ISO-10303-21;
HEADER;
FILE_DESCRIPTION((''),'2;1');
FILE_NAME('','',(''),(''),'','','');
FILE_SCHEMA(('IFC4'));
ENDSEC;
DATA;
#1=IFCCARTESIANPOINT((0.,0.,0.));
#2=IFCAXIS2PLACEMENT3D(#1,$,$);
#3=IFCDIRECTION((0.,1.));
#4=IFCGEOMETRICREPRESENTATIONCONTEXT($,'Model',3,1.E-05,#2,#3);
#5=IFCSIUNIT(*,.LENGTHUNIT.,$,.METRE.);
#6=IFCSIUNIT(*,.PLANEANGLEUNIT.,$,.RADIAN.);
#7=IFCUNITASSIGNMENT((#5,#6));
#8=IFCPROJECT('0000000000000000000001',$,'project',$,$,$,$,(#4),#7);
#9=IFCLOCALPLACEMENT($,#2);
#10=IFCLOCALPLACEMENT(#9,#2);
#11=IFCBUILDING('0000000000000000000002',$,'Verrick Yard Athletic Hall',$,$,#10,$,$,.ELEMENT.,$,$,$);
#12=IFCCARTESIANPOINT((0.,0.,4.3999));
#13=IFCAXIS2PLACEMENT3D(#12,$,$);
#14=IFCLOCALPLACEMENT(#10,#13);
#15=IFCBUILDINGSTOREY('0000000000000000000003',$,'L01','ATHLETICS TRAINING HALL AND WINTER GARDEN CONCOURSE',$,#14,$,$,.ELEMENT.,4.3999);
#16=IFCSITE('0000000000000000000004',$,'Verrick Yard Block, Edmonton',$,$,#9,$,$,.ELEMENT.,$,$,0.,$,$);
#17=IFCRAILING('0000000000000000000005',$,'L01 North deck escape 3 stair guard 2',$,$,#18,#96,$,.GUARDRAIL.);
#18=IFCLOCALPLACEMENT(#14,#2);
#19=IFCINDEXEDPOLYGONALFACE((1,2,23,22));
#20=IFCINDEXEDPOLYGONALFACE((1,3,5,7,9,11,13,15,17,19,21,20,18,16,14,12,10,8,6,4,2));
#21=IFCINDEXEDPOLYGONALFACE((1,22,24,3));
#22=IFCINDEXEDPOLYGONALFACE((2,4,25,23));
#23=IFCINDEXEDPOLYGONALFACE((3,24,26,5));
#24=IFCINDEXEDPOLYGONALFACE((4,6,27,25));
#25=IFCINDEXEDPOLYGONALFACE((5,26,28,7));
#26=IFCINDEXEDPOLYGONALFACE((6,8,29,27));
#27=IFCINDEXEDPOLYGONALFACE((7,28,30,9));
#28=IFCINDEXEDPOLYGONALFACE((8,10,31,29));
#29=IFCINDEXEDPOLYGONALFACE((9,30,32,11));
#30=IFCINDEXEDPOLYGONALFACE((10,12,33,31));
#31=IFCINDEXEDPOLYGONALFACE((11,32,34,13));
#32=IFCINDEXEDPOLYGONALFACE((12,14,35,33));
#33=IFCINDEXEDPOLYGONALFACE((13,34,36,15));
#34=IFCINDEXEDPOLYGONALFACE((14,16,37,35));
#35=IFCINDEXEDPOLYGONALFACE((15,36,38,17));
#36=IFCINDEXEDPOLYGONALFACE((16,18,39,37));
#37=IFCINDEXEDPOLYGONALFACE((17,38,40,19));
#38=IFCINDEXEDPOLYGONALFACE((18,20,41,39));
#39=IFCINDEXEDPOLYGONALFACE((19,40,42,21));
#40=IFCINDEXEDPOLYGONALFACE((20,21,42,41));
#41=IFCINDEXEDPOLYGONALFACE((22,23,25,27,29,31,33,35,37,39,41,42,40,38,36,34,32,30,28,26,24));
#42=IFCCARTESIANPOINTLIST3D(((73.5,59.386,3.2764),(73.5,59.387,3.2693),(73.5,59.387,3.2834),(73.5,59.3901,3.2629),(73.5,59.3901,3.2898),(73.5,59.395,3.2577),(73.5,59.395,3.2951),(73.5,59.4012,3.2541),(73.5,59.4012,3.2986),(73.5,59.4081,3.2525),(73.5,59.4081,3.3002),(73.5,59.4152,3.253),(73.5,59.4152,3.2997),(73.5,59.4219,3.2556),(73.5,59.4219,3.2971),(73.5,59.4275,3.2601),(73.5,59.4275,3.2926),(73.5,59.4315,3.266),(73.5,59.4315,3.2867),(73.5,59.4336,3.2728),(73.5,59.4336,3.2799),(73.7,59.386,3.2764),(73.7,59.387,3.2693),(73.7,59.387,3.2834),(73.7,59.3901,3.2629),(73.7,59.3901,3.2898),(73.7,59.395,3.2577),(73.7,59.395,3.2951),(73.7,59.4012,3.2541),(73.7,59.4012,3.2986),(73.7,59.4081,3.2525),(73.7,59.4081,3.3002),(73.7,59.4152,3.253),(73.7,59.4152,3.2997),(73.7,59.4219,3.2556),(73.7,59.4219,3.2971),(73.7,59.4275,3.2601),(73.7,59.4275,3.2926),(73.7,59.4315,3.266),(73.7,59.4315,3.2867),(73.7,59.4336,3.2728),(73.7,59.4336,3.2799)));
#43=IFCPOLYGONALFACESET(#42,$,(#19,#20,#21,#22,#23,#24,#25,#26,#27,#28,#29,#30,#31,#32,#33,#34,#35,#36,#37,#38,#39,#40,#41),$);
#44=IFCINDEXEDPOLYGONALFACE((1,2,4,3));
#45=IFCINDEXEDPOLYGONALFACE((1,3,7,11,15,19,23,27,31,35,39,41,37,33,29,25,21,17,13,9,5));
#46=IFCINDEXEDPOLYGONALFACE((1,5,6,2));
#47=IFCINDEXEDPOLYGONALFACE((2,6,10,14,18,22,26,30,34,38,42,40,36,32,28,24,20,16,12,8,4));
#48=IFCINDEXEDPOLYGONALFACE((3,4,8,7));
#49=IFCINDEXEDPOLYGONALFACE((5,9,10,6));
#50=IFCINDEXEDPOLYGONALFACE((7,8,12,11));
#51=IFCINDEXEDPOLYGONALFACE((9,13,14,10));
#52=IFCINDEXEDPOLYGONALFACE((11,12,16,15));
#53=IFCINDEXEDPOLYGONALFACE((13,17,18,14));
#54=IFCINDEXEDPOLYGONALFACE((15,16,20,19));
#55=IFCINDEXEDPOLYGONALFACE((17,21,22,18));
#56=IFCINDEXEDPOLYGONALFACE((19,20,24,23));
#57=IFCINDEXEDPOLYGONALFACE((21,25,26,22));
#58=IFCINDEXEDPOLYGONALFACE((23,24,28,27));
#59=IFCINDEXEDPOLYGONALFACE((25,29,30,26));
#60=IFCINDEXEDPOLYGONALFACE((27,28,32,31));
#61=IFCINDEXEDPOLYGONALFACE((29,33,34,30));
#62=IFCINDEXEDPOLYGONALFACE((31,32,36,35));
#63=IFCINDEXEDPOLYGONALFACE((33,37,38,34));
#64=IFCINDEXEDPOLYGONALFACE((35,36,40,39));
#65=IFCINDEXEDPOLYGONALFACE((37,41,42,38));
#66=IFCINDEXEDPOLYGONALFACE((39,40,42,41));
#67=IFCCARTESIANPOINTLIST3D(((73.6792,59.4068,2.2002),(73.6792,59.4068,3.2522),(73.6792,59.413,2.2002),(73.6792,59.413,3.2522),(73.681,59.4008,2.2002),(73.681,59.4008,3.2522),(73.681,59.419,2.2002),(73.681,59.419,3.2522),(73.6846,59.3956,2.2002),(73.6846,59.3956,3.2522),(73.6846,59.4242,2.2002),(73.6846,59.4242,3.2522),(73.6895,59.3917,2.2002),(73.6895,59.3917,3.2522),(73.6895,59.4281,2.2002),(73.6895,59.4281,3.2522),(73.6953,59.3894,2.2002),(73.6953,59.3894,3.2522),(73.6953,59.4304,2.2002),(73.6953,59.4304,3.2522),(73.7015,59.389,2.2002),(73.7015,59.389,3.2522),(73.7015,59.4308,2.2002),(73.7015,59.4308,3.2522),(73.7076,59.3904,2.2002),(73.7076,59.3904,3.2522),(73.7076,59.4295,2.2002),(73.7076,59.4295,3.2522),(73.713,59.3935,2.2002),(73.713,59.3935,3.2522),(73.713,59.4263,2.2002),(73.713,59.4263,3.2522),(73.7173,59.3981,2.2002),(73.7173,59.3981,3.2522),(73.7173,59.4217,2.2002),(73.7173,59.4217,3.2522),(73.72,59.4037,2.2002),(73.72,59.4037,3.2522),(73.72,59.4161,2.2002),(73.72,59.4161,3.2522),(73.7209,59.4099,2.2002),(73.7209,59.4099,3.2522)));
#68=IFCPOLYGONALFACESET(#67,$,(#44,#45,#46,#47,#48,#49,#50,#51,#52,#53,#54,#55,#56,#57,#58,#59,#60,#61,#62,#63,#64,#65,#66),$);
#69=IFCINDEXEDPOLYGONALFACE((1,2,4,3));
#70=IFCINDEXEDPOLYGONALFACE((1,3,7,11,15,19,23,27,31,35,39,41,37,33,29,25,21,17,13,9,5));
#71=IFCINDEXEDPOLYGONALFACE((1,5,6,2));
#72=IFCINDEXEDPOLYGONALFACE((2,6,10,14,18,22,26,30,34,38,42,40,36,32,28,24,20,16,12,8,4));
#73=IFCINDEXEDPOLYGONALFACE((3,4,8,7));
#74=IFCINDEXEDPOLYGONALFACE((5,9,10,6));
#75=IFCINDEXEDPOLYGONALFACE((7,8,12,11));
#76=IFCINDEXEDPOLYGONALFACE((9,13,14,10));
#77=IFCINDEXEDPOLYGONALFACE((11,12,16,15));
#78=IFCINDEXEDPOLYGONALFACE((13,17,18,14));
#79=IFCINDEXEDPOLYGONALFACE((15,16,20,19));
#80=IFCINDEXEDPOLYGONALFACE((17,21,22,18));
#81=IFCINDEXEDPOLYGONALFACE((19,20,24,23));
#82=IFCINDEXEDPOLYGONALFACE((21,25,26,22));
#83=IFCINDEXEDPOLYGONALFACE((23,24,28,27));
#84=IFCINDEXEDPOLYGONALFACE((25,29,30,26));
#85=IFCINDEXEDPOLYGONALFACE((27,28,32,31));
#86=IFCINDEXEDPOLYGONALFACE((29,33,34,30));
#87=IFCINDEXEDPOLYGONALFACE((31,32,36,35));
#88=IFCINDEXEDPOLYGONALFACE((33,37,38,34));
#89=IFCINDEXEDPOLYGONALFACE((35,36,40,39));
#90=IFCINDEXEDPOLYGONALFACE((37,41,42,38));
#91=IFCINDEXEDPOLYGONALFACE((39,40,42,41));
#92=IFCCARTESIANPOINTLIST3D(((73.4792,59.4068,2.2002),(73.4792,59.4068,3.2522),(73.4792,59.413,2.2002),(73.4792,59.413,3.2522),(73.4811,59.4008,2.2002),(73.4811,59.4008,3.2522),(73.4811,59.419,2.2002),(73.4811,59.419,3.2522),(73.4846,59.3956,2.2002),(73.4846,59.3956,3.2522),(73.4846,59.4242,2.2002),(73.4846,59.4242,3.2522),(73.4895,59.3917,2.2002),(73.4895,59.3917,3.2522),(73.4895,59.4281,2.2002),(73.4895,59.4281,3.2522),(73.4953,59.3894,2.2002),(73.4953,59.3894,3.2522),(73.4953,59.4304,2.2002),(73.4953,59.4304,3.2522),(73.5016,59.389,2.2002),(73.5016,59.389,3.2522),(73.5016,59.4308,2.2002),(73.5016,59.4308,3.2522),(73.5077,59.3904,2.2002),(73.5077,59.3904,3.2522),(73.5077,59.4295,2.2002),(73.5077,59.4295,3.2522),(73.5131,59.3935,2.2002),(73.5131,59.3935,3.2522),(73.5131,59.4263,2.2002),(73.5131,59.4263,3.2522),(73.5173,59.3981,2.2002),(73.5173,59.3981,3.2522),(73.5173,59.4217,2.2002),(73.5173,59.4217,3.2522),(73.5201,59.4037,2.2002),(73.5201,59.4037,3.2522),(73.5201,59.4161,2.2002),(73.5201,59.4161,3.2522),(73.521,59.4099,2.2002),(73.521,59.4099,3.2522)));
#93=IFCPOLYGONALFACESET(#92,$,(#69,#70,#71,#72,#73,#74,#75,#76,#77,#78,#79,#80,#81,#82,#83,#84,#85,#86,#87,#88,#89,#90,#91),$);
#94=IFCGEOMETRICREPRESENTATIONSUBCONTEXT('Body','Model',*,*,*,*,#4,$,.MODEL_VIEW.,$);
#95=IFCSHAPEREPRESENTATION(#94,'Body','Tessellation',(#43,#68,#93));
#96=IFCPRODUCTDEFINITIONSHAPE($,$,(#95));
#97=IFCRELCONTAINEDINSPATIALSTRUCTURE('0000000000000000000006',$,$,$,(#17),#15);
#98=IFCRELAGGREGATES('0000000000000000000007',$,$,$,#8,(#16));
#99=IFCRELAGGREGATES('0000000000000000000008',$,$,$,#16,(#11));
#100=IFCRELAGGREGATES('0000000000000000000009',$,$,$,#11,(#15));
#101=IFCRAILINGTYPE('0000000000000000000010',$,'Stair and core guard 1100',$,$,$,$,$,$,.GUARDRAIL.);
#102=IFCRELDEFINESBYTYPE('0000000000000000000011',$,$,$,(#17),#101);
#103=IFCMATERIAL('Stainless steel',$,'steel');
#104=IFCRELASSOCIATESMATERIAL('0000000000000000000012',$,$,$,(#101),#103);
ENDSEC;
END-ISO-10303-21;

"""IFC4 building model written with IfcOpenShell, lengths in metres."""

from ifc_helpers import new_model, si_unit, direction, frame, origin, origin_2d, place, context, subcontext, project, spatial, circle, extrude, material, type_object, element, save


model = new_model("IFC4")

# Units and contexts
model_context = context("Model", 3, precision=1e-05, world=origin(), true_north=direction((0.0, 1.0)))
body_context = subcontext(model_context, "Body", "Model", "MODEL_VIEW")
ifc_project = project(units=[si_unit("LENGTHUNIT", "METRE"), si_unit("PLANEANGLEUNIT", "RADIAN")], contexts=[model_context])

# Site, building, storey
site_placement = place(None, origin())
site = spatial("IfcSite", under=ifc_project, at=site_placement, Name="Verrick Yard Block, Edmonton", CompositionType="ELEMENT", RefElevation=0.0)
building_placement = place(site_placement, origin())
building = spatial("IfcBuilding", under=site, at=building_placement, Name="Verrick Yard Athletic Hall", CompositionType="ELEMENT")
storey_placement = place(building_placement, frame((0.0, 0.0, 4.3999)))
storey = spatial("IfcBuildingStorey", under=building, at=storey_placement, Name="L01", Description="ATHLETICS TRAINING HALL AND WINTER GARDEN CONCOURSE", CompositionType="ELEMENT", Elevation=4.3999)

# Railing
ifc_material_1 = material(Name="Stainless steel", Category="steel")
railing_type_1 = type_object("IfcRailingType", Name="Stair and core guard 1100", PredefinedType="GUARDRAIL", material=ifc_material_1)
railing_1_placement = place(storey_placement, frame((73.7, 59.4099, 2.2002)))
element("IfcRailing", 1, at=railing_1_placement, inside=storey, type_object=railing_type_1, Name="L01 North deck escape 3 stair guard 2", PredefinedType="GUARDRAIL", context=body_context, shape_type="SweptSolid", body=[
    extrude(circle(Radius=0.0239, at=origin_2d()), frame((0.0, 0.0, 1.0762), z_axis=(-1.0, 0.0, 0.0), x_axis=(0.0, -1.0, 0.0)), (0.0, 0.0, 1.0), 0.2),
    extrude(circle(Radius=0.021, at=origin_2d()), origin(), (0.0, 0.0, 1.0), 1.052),
    extrude(circle(Radius=0.021, at=origin_2d()), frame((-0.2, 0.0, 0.0)), (0.0, 0.0, 1.0), 1.052),
])

save(model, "model.ifc")
